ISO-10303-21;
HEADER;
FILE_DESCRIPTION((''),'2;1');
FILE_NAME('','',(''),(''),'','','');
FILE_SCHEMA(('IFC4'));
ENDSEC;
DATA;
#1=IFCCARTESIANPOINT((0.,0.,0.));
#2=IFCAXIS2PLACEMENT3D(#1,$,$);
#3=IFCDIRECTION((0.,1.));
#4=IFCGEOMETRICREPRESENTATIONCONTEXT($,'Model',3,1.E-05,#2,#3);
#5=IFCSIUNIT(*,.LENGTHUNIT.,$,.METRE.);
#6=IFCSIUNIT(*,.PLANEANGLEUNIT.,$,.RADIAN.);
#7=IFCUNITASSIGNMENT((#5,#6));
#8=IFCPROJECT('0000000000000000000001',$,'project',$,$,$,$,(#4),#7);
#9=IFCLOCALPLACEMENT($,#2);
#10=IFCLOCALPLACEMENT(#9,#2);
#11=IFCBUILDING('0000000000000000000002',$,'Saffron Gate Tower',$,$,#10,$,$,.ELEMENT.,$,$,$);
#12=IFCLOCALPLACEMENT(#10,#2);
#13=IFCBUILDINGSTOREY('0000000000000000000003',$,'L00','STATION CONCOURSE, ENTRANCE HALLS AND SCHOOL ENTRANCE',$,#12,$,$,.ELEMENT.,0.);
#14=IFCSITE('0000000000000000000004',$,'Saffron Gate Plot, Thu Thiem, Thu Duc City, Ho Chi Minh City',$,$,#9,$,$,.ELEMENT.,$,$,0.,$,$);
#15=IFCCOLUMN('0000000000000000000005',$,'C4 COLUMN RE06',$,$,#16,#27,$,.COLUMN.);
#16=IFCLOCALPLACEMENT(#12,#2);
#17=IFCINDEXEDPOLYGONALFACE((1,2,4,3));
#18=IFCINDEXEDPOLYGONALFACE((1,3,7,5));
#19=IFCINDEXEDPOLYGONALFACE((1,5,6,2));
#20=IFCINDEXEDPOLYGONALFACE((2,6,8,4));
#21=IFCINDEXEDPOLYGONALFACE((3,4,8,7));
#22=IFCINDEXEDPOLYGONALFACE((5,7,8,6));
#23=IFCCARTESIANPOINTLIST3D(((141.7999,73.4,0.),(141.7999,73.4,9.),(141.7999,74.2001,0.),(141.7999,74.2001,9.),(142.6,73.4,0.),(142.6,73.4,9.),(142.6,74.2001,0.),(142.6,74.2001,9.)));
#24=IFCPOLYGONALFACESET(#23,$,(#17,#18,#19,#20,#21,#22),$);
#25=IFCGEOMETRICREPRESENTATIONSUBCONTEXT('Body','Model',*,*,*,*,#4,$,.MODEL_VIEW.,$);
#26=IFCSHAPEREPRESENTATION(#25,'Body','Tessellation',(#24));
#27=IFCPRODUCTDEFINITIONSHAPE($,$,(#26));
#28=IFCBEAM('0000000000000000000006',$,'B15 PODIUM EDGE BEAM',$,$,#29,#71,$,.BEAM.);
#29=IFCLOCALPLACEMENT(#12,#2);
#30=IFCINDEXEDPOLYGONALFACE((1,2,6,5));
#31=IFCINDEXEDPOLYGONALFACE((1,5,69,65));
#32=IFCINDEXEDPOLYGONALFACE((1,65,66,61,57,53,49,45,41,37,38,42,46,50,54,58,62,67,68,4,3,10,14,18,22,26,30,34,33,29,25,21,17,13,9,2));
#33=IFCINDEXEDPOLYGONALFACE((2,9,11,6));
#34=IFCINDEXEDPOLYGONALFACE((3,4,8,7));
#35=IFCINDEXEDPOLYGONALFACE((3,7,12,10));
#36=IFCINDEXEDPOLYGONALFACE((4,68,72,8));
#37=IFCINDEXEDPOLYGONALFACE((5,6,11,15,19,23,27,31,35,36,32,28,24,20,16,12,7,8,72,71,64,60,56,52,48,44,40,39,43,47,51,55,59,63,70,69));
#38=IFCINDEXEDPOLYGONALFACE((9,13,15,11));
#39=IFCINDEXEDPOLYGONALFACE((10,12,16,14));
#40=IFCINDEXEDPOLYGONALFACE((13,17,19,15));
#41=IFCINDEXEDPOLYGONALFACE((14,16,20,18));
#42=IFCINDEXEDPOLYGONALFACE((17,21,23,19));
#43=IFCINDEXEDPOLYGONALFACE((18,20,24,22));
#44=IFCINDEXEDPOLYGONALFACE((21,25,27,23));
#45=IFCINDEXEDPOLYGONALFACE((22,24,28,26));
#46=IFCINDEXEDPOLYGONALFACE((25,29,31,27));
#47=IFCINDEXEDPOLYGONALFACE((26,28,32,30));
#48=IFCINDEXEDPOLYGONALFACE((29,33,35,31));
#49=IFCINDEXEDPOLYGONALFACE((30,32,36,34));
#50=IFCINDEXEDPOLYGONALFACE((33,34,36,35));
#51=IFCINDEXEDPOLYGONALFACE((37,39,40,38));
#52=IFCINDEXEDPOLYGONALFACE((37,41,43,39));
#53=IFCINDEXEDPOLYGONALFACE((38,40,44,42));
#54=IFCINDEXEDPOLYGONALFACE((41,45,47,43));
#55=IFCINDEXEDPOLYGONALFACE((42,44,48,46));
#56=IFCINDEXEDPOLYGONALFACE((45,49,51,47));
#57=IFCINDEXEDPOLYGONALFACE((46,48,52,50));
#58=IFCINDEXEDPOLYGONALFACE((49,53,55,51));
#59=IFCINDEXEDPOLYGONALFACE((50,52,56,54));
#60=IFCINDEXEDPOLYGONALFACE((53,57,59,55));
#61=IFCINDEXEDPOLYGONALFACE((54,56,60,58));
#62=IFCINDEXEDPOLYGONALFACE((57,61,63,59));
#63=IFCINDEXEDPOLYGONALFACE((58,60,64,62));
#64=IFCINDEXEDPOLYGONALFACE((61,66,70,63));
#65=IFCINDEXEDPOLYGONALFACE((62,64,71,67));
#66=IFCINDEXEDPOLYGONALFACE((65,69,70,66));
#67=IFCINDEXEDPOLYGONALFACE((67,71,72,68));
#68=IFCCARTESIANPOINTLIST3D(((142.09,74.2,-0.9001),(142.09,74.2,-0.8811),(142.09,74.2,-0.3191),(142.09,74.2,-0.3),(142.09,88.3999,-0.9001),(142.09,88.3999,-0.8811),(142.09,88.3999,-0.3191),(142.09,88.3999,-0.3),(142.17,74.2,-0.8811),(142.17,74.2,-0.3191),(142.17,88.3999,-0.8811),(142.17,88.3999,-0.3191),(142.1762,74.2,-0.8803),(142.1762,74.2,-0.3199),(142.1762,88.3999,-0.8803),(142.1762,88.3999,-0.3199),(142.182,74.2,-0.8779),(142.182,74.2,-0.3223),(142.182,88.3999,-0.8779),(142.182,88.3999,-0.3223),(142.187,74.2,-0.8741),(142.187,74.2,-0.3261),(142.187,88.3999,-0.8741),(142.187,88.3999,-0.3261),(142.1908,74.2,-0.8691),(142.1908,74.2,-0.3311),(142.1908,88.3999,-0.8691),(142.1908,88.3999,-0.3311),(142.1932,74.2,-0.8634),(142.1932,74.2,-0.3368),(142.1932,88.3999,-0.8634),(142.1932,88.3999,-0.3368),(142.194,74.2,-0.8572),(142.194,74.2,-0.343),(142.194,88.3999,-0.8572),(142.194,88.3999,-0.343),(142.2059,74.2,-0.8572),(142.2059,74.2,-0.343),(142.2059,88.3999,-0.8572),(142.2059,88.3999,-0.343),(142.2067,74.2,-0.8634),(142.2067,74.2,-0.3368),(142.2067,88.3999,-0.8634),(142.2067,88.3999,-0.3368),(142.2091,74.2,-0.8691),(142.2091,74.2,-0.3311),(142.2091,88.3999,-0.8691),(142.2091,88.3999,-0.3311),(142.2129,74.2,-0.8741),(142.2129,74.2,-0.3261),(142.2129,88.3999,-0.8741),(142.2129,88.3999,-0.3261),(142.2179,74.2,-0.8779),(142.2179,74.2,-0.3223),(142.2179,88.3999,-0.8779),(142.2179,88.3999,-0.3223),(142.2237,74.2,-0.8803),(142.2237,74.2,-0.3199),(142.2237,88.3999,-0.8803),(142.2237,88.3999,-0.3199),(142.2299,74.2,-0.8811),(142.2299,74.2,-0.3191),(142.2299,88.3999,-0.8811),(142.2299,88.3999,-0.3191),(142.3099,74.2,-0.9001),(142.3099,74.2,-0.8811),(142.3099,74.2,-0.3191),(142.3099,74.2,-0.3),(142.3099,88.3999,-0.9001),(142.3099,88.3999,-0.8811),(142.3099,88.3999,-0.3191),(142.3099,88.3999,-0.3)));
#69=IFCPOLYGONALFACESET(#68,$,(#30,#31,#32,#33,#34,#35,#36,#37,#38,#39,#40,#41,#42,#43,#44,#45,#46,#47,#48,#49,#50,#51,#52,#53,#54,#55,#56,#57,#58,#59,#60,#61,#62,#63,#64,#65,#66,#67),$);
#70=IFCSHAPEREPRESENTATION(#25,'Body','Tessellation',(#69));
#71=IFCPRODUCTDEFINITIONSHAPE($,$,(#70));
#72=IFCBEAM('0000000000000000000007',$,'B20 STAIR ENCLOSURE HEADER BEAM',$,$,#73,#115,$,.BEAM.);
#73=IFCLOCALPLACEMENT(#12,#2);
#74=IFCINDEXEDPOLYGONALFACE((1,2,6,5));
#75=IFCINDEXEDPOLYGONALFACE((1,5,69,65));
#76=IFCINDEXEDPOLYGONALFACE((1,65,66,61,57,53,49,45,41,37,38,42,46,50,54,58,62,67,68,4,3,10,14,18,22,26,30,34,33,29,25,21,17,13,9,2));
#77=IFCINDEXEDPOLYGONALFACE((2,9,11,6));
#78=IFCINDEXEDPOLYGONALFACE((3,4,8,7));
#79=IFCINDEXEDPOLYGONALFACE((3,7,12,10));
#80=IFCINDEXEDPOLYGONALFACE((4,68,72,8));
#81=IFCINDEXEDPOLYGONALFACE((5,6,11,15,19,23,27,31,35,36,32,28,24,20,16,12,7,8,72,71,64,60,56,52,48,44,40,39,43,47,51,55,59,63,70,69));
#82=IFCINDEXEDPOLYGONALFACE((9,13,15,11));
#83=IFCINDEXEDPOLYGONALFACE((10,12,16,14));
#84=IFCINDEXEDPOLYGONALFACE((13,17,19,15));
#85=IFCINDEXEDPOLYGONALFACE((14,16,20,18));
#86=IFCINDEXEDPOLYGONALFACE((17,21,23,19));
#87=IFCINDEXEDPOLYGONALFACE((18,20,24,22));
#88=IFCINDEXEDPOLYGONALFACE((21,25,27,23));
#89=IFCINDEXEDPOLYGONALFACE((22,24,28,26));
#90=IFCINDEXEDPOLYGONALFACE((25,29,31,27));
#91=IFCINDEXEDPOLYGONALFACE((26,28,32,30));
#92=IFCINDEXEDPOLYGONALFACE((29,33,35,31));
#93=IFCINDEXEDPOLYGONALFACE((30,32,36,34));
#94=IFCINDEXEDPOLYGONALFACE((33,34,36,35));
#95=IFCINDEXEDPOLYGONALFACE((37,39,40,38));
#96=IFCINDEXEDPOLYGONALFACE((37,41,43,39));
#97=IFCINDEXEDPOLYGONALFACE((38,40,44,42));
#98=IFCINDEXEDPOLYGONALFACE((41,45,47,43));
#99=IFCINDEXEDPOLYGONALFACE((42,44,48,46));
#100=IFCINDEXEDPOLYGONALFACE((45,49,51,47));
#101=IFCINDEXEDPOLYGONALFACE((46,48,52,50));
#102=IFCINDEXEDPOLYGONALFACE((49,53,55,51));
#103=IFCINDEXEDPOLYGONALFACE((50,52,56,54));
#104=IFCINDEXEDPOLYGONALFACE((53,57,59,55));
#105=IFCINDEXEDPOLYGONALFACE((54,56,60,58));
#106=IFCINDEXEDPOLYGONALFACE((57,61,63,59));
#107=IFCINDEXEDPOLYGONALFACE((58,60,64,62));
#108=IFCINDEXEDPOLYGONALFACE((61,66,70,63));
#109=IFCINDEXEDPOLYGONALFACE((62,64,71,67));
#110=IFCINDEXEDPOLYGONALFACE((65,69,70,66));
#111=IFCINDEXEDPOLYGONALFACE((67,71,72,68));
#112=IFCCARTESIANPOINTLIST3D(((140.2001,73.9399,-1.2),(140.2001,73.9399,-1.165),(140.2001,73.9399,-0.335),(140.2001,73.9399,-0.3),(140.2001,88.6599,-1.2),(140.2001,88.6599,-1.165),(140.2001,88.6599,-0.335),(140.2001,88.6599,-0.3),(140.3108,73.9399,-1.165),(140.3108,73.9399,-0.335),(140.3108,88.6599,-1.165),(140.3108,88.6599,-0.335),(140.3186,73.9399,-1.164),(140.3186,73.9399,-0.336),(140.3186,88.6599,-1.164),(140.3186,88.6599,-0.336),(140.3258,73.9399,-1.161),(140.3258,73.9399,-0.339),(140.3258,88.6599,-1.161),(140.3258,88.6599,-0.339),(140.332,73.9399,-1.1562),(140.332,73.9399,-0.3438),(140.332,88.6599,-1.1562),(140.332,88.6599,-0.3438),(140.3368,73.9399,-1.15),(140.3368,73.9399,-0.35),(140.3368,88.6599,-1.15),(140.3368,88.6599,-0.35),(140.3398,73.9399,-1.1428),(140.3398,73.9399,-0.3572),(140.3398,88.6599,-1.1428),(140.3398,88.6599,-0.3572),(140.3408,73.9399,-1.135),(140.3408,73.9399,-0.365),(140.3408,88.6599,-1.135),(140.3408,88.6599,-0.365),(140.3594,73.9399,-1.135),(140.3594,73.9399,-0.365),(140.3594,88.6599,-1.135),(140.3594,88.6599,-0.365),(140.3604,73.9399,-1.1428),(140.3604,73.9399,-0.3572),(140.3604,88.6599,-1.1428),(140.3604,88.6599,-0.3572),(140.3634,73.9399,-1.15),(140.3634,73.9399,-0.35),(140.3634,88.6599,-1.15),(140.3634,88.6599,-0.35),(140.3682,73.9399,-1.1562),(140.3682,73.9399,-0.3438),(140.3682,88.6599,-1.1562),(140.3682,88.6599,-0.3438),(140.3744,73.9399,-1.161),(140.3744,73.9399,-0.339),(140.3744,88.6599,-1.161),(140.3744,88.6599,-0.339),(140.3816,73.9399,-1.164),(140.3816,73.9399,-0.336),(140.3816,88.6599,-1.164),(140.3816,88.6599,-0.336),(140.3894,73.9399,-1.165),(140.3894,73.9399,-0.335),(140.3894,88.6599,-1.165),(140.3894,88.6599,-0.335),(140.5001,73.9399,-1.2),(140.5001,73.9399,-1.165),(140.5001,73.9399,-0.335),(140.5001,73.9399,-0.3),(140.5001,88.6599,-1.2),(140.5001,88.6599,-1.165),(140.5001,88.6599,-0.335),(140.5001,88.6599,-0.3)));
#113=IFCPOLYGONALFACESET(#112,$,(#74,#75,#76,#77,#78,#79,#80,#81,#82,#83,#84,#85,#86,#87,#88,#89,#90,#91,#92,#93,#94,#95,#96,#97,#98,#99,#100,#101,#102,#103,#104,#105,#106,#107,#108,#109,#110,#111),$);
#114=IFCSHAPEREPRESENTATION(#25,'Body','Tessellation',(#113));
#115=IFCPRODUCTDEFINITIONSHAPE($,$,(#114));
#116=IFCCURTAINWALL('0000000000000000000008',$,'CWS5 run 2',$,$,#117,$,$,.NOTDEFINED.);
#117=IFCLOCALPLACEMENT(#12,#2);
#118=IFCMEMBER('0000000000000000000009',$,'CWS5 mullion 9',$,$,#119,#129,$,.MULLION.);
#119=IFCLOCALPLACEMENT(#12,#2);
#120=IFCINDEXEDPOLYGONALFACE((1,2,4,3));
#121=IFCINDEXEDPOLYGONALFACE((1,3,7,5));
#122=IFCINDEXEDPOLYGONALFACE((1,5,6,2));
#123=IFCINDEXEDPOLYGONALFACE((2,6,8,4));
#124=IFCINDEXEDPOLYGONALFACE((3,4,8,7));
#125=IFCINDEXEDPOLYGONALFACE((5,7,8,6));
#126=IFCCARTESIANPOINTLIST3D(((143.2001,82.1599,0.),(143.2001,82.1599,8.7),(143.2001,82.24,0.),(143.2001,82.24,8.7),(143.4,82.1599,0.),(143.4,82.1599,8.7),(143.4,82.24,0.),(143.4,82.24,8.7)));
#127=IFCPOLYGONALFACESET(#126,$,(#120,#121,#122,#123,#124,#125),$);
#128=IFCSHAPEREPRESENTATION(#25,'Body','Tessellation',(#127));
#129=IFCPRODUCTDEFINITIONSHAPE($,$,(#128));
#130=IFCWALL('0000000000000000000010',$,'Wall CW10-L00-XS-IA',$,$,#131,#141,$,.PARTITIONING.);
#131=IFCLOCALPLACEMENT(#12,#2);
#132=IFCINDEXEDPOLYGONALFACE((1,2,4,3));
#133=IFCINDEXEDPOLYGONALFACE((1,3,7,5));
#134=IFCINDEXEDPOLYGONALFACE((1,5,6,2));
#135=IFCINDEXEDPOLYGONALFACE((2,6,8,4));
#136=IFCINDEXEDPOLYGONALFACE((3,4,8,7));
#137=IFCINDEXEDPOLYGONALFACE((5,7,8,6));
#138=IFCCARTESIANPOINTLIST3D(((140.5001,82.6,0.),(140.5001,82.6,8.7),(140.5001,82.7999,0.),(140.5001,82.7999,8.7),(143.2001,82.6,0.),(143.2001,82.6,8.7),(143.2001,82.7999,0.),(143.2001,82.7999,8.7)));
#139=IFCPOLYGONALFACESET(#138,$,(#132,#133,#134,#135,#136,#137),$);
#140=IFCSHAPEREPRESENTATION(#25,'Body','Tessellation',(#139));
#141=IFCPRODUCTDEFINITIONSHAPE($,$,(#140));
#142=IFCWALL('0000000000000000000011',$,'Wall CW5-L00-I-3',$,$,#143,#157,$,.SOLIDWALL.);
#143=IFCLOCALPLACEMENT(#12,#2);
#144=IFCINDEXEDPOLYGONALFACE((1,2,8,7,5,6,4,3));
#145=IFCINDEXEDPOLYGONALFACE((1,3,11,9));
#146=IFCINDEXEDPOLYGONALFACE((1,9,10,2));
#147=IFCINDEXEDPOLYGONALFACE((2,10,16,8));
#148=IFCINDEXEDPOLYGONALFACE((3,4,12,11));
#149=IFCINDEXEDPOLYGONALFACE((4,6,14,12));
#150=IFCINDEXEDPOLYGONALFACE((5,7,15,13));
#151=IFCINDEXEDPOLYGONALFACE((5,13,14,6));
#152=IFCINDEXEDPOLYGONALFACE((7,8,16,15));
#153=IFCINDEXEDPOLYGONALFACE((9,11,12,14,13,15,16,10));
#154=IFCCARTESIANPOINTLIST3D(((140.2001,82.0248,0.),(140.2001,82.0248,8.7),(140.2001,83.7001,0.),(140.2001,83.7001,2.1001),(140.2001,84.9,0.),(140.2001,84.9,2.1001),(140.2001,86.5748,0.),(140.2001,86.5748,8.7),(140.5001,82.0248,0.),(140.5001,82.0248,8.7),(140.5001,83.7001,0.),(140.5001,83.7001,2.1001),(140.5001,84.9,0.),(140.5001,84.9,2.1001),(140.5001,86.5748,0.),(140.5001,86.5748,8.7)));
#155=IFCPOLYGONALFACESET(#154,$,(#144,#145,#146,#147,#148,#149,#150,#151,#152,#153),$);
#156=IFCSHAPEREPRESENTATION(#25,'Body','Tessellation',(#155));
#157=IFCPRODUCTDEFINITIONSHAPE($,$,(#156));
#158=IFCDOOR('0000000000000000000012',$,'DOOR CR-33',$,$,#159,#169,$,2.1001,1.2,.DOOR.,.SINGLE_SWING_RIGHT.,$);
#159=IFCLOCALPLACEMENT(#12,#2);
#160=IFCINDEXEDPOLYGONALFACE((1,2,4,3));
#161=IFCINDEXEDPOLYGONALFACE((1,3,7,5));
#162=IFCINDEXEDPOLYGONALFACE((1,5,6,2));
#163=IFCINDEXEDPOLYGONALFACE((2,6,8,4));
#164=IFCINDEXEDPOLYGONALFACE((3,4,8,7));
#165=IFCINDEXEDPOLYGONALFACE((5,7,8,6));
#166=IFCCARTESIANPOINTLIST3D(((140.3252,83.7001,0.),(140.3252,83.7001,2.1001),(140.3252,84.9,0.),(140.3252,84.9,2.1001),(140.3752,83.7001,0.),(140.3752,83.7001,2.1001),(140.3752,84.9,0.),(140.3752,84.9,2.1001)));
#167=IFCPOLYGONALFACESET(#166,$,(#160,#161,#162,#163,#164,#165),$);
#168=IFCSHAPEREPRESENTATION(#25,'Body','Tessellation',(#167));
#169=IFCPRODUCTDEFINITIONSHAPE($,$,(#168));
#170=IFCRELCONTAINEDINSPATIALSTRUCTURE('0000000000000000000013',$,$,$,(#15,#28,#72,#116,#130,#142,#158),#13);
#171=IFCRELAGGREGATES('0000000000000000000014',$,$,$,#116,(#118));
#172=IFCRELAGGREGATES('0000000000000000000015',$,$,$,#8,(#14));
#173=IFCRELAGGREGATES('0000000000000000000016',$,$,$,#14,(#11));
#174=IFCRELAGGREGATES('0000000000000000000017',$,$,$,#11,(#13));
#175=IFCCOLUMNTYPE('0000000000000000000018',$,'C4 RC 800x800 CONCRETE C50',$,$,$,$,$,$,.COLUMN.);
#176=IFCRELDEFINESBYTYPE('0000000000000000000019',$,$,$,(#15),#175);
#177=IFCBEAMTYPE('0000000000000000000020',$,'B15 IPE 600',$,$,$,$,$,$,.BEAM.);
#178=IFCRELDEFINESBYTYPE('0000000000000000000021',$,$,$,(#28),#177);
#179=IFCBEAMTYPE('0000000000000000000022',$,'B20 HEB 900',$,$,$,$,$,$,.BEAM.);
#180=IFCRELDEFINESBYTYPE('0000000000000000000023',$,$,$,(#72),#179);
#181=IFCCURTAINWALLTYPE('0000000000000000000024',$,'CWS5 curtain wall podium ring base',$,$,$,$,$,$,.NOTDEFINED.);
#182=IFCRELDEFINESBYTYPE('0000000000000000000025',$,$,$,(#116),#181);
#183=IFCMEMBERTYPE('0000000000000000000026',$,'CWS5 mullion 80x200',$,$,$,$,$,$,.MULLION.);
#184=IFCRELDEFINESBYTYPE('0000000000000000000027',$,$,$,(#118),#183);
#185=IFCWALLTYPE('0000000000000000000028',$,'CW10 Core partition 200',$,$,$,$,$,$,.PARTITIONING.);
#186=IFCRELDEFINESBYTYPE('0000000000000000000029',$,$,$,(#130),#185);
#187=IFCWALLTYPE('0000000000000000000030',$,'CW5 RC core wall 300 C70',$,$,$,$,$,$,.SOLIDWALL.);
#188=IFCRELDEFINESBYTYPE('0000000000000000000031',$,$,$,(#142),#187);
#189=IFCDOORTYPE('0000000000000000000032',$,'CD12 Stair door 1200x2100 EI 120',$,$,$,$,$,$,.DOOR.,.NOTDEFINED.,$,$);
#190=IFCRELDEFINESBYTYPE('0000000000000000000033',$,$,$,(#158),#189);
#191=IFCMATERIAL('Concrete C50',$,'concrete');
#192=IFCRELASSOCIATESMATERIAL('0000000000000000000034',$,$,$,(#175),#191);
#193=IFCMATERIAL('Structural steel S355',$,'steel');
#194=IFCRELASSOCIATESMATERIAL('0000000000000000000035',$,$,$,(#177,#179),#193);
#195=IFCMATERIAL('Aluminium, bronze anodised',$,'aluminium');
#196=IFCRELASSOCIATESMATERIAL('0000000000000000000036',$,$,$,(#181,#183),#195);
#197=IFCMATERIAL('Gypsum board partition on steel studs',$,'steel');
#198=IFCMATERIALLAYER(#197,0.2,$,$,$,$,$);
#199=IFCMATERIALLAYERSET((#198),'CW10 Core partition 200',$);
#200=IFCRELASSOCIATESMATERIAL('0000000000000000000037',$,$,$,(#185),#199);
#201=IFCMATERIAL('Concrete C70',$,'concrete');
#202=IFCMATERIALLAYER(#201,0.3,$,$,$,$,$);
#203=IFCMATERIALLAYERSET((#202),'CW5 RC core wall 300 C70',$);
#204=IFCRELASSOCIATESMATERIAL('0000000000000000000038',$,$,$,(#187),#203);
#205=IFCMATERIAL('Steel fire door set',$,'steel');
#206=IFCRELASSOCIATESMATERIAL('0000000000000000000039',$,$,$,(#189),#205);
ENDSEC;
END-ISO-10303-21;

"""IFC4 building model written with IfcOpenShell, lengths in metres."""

from ifc_helpers import new_model, si_unit, direction, frame, frame_2d, origin, origin_2d, place, context, subcontext, project, spatial, rectangle, i_section, extrude, material, layer, layer_set, material_profile, profile_set, type_object, element, fill, aggregate, save


model = new_model("IFC4")

# Units and contexts
model_context = context("Model", 3, precision=1e-05, world=origin(), true_north=direction((0.0, 1.0)))
body_context = subcontext(model_context, "Body", "Model", "MODEL_VIEW")
ifc_project = project(units=[si_unit("LENGTHUNIT", "METRE"), si_unit("PLANEANGLEUNIT", "RADIAN")], contexts=[model_context])

# Site, building, storey
site_placement = place(None, origin())
site = spatial("IfcSite", under=ifc_project, at=site_placement, Name="Saffron Gate Plot, Thu Thiem, Thu Duc City, Ho Chi Minh City", CompositionType="ELEMENT", RefElevation=0.0)
building_placement = place(site_placement, origin())
building = spatial("IfcBuilding", under=site, at=building_placement, Name="Saffron Gate Tower", CompositionType="ELEMENT")
storey_placement = place(building_placement, origin())
storey = spatial("IfcBuildingStorey", under=building, at=storey_placement, Name="L00", Description="STATION CONCOURSE, ENTRANCE HALLS AND SCHOOL ENTRANCE", CompositionType="ELEMENT", Elevation=0.0)

# Column
ifc_material_1 = material(Name="Concrete C50", Category="concrete")
ifc_material_profile_1 = material_profile(ifc_material_1, rectangle(XDim=0.8, YDim=0.8, at=origin_2d()))
ifc_profile_set_1 = profile_set([ifc_material_profile_1], Name="Concrete C50")
column_type = type_object("IfcColumnType", Name="C4 RC 800x800 CONCRETE C50", PredefinedType="COLUMN", material=ifc_profile_set_1)
column_placement = place(storey_placement, frame((142.2, 73.8, 0.0), z_axis=(0.0, 0.0, 1.0), x_axis=(1.0, 0.0, 0.0)))
element("IfcColumn", 1, at=column_placement, inside=storey, type_object=column_type, Name="C4 COLUMN RE06", PredefinedType="COLUMN", context=body_context, shape_type="SweptSolid", body=[
    extrude(rectangle(XDim=0.8, YDim=0.8, at=origin_2d()), origin(), (0.0, 0.0, 1.0), 9.0),
])

# Beams
ifc_material_2 = material(Name="Structural steel S355", Category="steel")
ifc_material_profile_2 = material_profile(ifc_material_2, i_section(OverallWidth=0.22, OverallDepth=0.6001, WebThickness=0.012, FlangeThickness=0.019, FilletRadius=0.0239, at=origin_2d()))
ifc_profile_set_2 = profile_set([ifc_material_profile_2], Name="Structural steel S355")
beam_type_1 = type_object("IfcBeamType", Name="B15 IPE 600", PredefinedType="BEAM", material=ifc_profile_set_2)
beam_1_placement = place(storey_placement, frame((142.2, 74.2, -0.6001), z_axis=(0.0, 1.0, 0.0), x_axis=(-1.0, 0.0, 0.0)))
element("IfcBeam", 2, at=beam_1_placement, inside=storey, type_object=beam_type_1, Name="B15 PODIUM EDGE BEAM", PredefinedType="BEAM", context=body_context, shape_type="SweptSolid", body=[
    extrude(i_section(OverallWidth=0.22, OverallDepth=0.6001, WebThickness=0.012, FlangeThickness=0.019, FilletRadius=0.0239, at=origin_2d()), origin(), (0.0, 0.0, 1.0), 14.2),
])
ifc_material_profile_3 = material_profile(ifc_material_2, i_section(OverallWidth=0.3, OverallDepth=0.8999, WebThickness=0.0186, FlangeThickness=0.0349, FilletRadius=0.03, at=origin_2d()))
ifc_profile_set_3 = profile_set([ifc_material_profile_3], Name="Structural steel S355")
beam_type_2 = type_object("IfcBeamType", Name="B20 HEB 900", PredefinedType="BEAM", material=ifc_profile_set_3)
beam_2_placement = place(storey_placement, frame((140.3501, 73.9399, -0.75), z_axis=(0.0, 1.0, 0.0), x_axis=(-1.0, 0.0, 0.0)))
element("IfcBeam", 3, at=beam_2_placement, inside=storey, type_object=beam_type_2, Name="B20 STAIR ENCLOSURE HEADER BEAM", PredefinedType="BEAM", context=body_context, shape_type="SweptSolid", body=[
    extrude(i_section(OverallWidth=0.3, OverallDepth=0.8999, WebThickness=0.0186, FlangeThickness=0.0349, FilletRadius=0.03, at=origin_2d()), origin(), (0.0, 0.0, 1.0), 14.72),
])

# Curtain wall, member
ifc_material_3 = material(Name="Aluminium, bronze anodised", Category="aluminium")
curtain_wall_type = type_object("IfcCurtainWallType", Name="CWS5 curtain wall podium ring base", PredefinedType="NOTDEFINED", material=ifc_material_3)
curtain_wall_placement = place(storey_placement, origin())
curtain_wall = element("IfcCurtainWall", 4, at=curtain_wall_placement, inside=storey, type_object=curtain_wall_type, Name="CWS5 run 2", PredefinedType="NOTDEFINED")
ifc_material_profile_4 = material_profile(ifc_material_3, rectangle(XDim=0.2, YDim=0.0801, at=origin_2d()))
ifc_profile_set_4 = profile_set([ifc_material_profile_4], Name="Aluminium, bronze anodised")
member_type = type_object("IfcMemberType", Name="CWS5 mullion 80x200", PredefinedType="MULLION", material=ifc_profile_set_4)
member_placement = place(storey_placement, frame((143.3, 82.2, 0.0), z_axis=(0.0, 0.0, 1.0), x_axis=(-1.0, 0.0, 0.0)))
member = element("IfcMember", 5, at=member_placement, type_object=member_type, Name="CWS5 mullion 9", PredefinedType="MULLION", context=body_context, shape_type="SweptSolid", body=[
    extrude(rectangle(XDim=0.2, YDim=0.0801, at=origin_2d()), origin(), (0.0, 0.0, 1.0), 8.7),
])
aggregate(curtain_wall, [member])

# Wall
ifc_material_4 = material(Name="Gypsum board partition on steel studs", Category="steel")
ifc_layer_1 = layer(ifc_material_4, 0.2)
ifc_layer_set_1 = layer_set([ifc_layer_1], Name="CW10 Core partition 200")
wall_type_1 = type_object("IfcWallType", Name="CW10 Core partition 200", PredefinedType="PARTITIONING", material=ifc_layer_set_1)
wall_1_placement = place(storey_placement, frame((140.5, 82.7, 0.0), z_axis=(0.0, 0.0, 1.0), x_axis=(1.0, 0.0, 0.0)))
element("IfcWall", 6, at=wall_1_placement, inside=storey, type_object=wall_type_1, Name="Wall CW10-L00-XS-IA", PredefinedType="PARTITIONING", context=body_context, shape_type="SweptSolid", body=[
    extrude(rectangle(XDim=2.7, YDim=0.2, at=frame_2d((1.3501, 0.0))), origin(), (0.0, 0.0, 1.0), 8.7),
])

# Wall, opening, door
ifc_material_5 = material(Name="Concrete C70", Category="concrete")
ifc_layer_2 = layer(ifc_material_5, 0.3)
ifc_layer_set_2 = layer_set([ifc_layer_2], Name="CW5 RC core wall 300 C70")
wall_type_2 = type_object("IfcWallType", Name="CW5 RC core wall 300 C70", PredefinedType="SOLIDWALL", material=ifc_layer_set_2)
wall_2_placement = place(storey_placement, frame((140.3501, 82.0249, 0.0), z_axis=(0.0, 0.0, 1.0), x_axis=(0.0, 1.0, 0.0)))
wall_2 = element("IfcWall", 7, at=wall_2_placement, inside=storey, type_object=wall_type_2, Name="Wall CW5-L00-I-3", PredefinedType="SOLIDWALL", context=body_context, shape_type="SweptSolid", body=[
    extrude(rectangle(XDim=4.55, YDim=0.3, at=frame_2d((2.2749, 0.0))), origin(), (0.0, 0.0, 1.0), 8.7),
])
opening_1_placement = place(wall_2_placement, frame((1.675, 0.0, 0.0)))
opening_1 = element("IfcOpeningElement", 8, at=opening_1_placement, cuts=wall_2, PredefinedType="OPENING", context=body_context, shape_type="SweptSolid", body=[
    extrude(rectangle(XDim=1.2, YDim=2.1001, at=frame_2d((0.6001, 1.05))), frame((0.0, 0.1602, 0.0), z_axis=(0.0, -1.0, 0.0), x_axis=(1.0, 0.0, 0.0)), (0.0, 0.0, 1.0), 0.3201),
])
ifc_material_6 = material(Name="Steel fire door set", Category="steel")
door_type_1 = type_object("IfcDoorType", Name="CD12 Stair door 1200x2100 EI 120", OperationType="NOTDEFINED", PredefinedType="DOOR", material=ifc_material_6)
door_1_placement = place(opening_1_placement, origin())
door_1 = element("IfcDoor", 9, at=door_1_placement, inside=storey, type_object=door_type_1, Name="DOOR CR-33", OperationType="SINGLE_SWING_RIGHT", OverallHeight=2.1001, OverallWidth=1.2, PredefinedType="DOOR", context=body_context, shape_type="SweptSolid", body=[
    extrude(rectangle(XDim=1.2, YDim=2.1001, at=frame_2d((0.6001, 1.05))), frame((0.0, 0.0249, 0.0), z_axis=(0.0, -1.0, 0.0), x_axis=(1.0, 0.0, 0.0)), (0.0, 0.0, 1.0), 0.05),
])
fill(opening_1, door_1)

save(model, "model.ifc")
